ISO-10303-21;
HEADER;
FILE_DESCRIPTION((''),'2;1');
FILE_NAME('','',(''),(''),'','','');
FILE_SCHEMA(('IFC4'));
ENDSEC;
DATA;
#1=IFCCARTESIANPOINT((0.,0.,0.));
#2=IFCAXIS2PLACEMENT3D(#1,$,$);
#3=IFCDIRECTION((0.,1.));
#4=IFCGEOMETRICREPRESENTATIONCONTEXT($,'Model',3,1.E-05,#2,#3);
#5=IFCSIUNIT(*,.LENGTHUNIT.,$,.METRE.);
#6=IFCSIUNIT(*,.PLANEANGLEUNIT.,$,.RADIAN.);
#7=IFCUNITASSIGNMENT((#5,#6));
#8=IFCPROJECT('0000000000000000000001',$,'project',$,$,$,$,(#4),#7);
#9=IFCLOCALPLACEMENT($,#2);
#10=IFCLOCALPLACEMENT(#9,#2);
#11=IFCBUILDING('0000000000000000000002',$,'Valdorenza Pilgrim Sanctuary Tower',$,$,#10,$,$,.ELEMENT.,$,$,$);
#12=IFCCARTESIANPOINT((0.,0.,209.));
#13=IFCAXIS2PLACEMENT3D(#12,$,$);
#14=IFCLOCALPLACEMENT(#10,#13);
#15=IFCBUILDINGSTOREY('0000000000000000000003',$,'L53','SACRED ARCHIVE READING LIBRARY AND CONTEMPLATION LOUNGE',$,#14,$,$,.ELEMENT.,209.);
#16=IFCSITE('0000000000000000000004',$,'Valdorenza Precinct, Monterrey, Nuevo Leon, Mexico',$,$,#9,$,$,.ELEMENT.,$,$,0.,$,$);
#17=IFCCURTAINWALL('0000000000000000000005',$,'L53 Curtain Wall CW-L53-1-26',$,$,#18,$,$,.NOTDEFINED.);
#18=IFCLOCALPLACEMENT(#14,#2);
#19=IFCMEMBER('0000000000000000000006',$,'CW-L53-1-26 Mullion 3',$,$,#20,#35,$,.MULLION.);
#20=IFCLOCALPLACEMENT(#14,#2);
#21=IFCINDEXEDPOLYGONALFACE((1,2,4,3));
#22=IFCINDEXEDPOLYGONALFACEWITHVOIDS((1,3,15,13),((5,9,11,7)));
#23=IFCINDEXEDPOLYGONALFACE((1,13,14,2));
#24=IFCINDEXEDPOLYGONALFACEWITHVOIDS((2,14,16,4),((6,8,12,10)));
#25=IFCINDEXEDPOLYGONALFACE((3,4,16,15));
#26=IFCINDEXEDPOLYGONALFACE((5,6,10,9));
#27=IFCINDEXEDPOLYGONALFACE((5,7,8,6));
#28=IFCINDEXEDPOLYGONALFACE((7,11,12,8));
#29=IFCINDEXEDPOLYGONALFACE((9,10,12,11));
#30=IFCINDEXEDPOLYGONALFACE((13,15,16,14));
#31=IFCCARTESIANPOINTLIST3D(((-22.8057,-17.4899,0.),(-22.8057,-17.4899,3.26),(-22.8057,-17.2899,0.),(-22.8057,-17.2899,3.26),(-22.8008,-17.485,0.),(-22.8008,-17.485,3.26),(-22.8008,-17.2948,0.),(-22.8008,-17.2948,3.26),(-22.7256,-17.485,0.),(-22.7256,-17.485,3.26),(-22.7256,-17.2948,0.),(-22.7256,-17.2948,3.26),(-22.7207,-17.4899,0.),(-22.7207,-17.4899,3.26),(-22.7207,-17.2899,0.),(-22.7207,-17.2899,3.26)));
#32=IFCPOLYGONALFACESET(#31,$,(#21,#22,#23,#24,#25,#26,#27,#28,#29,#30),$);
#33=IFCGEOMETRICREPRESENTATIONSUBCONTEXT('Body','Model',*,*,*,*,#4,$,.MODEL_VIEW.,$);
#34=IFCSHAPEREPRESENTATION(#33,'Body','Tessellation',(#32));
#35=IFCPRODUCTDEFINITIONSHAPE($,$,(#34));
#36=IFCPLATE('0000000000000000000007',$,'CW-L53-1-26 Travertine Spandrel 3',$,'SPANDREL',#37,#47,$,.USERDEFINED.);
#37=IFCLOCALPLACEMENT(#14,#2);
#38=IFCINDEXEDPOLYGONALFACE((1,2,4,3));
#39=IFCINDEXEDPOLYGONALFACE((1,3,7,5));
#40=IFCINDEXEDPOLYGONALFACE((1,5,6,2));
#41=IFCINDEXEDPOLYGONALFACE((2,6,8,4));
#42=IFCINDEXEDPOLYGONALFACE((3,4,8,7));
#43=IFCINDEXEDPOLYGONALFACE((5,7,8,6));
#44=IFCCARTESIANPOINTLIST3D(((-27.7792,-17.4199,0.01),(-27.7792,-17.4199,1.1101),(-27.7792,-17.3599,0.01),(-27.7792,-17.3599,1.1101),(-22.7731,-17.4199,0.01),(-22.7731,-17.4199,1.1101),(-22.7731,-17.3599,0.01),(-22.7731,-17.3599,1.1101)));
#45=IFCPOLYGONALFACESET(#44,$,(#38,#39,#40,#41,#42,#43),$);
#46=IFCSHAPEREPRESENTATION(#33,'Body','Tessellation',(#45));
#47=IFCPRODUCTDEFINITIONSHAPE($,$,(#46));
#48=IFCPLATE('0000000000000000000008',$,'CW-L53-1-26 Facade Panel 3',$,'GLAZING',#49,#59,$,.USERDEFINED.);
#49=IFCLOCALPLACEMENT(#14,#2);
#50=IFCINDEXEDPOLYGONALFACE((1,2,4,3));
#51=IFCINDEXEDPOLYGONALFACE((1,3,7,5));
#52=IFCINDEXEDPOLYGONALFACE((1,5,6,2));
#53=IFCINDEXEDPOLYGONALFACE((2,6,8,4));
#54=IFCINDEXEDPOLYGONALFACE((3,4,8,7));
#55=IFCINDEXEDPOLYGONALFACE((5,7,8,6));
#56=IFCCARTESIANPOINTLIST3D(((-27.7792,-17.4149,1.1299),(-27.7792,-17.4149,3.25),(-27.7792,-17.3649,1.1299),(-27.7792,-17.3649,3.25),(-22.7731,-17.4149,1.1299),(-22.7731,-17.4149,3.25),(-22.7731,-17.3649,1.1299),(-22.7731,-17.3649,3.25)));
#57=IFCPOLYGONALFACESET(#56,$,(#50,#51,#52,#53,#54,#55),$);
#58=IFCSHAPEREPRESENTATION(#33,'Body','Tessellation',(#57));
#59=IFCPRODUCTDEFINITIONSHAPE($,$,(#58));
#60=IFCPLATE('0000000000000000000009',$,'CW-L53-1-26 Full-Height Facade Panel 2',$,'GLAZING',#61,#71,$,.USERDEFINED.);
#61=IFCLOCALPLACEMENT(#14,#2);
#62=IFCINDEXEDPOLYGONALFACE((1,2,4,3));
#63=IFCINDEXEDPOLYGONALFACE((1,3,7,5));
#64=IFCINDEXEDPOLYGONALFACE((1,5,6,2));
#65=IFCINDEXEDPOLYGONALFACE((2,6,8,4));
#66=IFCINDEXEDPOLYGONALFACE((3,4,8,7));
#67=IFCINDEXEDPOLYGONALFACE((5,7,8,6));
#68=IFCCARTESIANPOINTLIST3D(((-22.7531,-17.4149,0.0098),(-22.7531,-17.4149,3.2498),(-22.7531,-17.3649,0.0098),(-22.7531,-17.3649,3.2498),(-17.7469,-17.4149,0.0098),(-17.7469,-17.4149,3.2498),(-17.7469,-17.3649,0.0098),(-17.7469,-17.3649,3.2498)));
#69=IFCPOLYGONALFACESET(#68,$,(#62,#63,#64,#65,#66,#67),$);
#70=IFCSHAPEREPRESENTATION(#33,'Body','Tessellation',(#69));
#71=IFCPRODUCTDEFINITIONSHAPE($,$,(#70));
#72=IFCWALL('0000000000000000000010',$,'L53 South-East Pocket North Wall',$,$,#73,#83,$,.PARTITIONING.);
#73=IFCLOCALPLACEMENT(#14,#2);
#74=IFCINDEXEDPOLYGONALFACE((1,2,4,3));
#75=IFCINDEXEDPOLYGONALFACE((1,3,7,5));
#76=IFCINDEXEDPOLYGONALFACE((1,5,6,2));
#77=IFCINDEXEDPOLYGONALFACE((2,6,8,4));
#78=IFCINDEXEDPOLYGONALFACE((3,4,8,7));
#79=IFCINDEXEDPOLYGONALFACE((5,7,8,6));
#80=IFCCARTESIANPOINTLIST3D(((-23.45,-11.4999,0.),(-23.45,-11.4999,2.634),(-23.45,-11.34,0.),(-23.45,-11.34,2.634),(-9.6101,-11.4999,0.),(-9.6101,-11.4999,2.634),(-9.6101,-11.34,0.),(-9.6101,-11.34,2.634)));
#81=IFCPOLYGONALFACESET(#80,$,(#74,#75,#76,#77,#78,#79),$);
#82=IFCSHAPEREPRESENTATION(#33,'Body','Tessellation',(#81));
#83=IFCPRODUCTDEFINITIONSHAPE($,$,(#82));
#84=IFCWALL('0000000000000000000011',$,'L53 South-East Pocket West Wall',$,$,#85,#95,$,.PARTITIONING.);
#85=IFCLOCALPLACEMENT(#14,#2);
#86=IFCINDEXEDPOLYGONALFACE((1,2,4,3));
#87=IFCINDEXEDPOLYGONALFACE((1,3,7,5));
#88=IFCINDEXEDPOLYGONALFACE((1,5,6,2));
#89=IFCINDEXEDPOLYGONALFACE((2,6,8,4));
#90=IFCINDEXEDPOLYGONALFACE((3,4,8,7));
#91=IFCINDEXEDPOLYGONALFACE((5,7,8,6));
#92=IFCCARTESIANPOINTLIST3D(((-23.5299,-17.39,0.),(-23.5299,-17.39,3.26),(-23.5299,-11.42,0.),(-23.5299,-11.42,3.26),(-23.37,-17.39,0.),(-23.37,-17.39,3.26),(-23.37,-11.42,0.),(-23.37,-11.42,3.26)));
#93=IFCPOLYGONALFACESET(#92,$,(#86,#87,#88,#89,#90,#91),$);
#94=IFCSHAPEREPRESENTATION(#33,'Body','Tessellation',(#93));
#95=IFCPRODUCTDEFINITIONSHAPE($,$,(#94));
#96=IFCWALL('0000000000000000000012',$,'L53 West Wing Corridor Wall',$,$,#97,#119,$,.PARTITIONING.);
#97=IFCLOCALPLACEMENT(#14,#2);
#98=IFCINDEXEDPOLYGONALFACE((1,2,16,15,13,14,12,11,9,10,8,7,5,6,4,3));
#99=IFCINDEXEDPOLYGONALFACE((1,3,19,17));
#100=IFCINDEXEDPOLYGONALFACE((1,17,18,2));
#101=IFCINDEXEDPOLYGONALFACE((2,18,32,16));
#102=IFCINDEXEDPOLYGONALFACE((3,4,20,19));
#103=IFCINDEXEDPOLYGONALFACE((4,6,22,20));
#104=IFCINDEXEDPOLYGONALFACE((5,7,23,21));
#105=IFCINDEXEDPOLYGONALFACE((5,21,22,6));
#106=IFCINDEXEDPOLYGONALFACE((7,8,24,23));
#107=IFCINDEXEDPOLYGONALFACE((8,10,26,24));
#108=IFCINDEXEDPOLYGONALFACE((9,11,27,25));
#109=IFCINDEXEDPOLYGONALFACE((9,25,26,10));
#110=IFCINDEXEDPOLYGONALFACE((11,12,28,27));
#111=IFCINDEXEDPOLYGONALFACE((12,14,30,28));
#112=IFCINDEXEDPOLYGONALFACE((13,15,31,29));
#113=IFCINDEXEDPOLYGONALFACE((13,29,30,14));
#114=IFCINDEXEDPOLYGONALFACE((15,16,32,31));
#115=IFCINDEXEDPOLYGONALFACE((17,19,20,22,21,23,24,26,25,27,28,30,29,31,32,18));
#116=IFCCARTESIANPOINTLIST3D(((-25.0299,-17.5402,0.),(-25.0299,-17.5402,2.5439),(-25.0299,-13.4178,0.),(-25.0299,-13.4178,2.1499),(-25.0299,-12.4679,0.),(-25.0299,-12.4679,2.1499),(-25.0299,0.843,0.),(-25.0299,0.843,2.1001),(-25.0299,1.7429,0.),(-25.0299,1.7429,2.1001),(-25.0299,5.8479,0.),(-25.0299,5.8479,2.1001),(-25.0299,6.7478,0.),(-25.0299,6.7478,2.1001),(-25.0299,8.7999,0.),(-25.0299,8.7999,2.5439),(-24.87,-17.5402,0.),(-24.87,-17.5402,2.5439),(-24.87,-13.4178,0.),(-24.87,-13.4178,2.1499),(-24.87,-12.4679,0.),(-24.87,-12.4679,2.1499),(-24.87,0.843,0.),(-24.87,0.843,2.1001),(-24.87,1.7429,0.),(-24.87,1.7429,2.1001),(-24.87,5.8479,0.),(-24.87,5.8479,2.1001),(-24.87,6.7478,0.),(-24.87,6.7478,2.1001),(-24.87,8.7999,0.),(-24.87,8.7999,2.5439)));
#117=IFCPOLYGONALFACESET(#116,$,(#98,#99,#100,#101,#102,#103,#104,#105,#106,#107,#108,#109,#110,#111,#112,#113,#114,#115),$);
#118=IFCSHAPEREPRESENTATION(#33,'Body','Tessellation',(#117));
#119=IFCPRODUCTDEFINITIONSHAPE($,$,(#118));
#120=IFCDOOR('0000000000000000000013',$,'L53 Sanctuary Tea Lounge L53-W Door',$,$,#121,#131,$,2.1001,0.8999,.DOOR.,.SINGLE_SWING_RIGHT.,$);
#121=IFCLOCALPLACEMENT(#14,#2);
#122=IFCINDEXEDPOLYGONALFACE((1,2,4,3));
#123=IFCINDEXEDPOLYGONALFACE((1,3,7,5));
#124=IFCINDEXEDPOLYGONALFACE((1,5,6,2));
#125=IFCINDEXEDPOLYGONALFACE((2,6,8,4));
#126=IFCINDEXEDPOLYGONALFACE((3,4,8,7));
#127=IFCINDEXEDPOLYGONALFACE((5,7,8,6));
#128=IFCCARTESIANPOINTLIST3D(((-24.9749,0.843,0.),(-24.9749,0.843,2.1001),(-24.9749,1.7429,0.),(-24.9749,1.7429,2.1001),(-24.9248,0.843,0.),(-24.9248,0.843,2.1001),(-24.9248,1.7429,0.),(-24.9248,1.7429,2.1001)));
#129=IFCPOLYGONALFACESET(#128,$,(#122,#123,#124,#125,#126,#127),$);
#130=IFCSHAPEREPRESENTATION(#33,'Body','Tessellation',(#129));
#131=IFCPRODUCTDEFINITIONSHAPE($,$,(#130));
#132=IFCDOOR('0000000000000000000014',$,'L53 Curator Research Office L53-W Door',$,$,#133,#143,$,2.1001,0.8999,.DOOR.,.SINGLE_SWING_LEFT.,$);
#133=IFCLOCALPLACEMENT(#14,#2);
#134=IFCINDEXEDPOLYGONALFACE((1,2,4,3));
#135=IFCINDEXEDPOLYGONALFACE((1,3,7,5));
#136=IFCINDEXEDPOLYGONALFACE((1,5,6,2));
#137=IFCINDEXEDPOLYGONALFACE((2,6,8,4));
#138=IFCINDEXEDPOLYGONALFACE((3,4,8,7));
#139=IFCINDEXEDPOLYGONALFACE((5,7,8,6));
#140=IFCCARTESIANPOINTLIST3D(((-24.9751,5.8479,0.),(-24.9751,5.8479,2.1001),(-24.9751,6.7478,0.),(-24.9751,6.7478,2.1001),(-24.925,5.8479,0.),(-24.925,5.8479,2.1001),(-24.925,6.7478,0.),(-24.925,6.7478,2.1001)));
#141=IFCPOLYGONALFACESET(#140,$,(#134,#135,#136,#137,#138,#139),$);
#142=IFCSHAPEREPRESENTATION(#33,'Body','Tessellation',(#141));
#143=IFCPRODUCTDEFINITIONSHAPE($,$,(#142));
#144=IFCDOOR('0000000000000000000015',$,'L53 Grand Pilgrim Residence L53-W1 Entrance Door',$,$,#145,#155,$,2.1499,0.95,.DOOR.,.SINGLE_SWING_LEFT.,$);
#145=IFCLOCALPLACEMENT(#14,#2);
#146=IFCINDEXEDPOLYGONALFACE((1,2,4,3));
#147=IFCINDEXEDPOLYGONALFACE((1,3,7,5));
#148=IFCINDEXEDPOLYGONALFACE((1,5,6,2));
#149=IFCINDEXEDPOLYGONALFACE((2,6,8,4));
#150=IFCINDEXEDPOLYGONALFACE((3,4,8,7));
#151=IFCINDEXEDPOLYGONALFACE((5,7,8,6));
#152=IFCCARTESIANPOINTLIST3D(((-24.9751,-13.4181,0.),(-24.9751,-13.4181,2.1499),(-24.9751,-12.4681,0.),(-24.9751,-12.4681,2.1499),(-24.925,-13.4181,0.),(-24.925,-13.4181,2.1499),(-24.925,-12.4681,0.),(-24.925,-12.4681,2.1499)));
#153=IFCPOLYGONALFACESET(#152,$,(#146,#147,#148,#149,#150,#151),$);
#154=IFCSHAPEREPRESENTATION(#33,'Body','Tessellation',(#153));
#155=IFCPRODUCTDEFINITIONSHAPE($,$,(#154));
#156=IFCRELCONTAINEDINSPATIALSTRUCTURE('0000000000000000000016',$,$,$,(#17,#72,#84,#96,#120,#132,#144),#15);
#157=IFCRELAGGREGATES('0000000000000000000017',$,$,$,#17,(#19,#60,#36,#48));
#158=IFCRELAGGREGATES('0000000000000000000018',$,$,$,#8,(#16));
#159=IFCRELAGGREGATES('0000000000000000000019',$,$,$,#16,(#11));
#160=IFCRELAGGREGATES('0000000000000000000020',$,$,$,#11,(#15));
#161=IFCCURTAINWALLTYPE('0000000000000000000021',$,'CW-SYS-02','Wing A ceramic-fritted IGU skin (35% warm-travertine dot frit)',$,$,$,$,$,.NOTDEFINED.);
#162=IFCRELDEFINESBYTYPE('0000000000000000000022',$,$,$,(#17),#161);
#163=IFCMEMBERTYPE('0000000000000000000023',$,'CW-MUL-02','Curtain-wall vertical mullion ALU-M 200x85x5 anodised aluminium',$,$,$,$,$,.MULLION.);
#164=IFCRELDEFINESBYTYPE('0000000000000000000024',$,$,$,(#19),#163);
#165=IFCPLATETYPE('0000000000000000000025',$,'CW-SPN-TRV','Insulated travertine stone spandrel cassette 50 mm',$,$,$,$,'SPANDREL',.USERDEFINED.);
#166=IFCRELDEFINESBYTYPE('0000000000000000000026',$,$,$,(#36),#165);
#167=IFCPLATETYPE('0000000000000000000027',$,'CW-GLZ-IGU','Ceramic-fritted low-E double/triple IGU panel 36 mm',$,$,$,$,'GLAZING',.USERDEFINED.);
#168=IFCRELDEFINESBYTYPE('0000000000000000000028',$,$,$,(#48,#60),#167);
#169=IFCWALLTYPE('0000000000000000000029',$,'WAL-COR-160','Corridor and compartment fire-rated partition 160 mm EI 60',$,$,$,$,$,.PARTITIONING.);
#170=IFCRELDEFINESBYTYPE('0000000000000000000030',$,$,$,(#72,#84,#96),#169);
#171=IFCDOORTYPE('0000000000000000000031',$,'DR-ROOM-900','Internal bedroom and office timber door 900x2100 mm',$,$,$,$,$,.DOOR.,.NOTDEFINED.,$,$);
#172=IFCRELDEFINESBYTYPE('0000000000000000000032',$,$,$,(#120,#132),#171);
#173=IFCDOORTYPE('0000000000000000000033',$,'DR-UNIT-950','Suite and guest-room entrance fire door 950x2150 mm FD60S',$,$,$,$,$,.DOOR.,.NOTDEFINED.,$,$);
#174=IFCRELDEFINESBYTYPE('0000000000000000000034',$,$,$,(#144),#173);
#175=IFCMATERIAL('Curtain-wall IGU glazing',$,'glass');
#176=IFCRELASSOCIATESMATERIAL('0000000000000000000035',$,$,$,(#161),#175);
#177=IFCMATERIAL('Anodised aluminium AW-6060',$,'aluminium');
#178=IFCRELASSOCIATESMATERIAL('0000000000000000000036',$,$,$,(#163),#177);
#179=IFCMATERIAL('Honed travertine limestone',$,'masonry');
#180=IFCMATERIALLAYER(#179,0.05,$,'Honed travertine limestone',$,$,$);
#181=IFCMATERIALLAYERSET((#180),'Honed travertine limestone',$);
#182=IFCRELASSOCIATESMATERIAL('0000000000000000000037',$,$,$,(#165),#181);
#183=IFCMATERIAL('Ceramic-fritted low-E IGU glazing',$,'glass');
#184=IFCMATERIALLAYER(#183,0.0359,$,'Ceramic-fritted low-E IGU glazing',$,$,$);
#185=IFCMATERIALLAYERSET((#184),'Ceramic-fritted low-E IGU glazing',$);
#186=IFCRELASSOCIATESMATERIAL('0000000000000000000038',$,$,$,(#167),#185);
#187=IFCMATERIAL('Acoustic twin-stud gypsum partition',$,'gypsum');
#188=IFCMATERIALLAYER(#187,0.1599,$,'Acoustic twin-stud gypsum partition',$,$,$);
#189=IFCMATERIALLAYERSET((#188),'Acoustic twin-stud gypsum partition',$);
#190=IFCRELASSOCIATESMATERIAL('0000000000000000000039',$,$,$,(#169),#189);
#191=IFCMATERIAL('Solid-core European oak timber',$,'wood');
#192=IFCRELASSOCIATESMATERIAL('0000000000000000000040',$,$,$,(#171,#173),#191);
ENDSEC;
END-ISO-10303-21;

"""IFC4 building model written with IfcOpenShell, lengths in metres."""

from ifc_helpers import new_model, si_unit, direction, frame, frame_2d, origin, origin_2d, place, context, subcontext, project, spatial, rectangle, hollow_rectangle, extrude, source, transform, mapped, material, layer, layer_set, material_profile, profile_set, type_object, element, fill, aggregate, save


model = new_model("IFC4")

# Units and contexts
model_context = context("Model", 3, precision=1e-05, world=origin(), true_north=direction((0.0, 1.0)))
body_context = subcontext(model_context, "Body", "Model", "MODEL_VIEW")
ifc_project = project(units=[si_unit("LENGTHUNIT", "METRE"), si_unit("PLANEANGLEUNIT", "RADIAN")], contexts=[model_context])

# Site, building, storey
site_placement = place(None, origin())
site = spatial("IfcSite", under=ifc_project, at=site_placement, Name="Valdorenza Precinct, Monterrey, Nuevo Leon, Mexico", CompositionType="ELEMENT", RefElevation=0.0)
building_placement = place(site_placement, origin())
building = spatial("IfcBuilding", under=site, at=building_placement, Name="Valdorenza Pilgrim Sanctuary Tower", CompositionType="ELEMENT")
storey_placement = place(building_placement, frame((0.0, 0.0, 209.0)))
storey = spatial("IfcBuildingStorey", under=building, at=storey_placement, Name="L53", Description="SACRED ARCHIVE READING LIBRARY AND CONTEMPLATION LOUNGE", CompositionType="ELEMENT", Elevation=209.0)

# Curtain wall, member, plates
ifc_material_1 = material(Name="Curtain-wall IGU glazing", Category="glass")
curtain_wall_type = type_object("IfcCurtainWallType", Name="CW-SYS-02", Description="Wing A ceramic-fritted IGU skin (35% warm-travertine dot frit)", PredefinedType="NOTDEFINED", material=ifc_material_1)
curtain_wall_placement = place(storey_placement, origin())
curtain_wall = element("IfcCurtainWall", 1, at=curtain_wall_placement, inside=storey, type_object=curtain_wall_type, Name="L53 Curtain Wall CW-L53-1-26", PredefinedType="NOTDEFINED")
ifc_material_2 = material(Name="Anodised aluminium AW-6060", Category="aluminium")
ifc_material_profile_1 = material_profile(ifc_material_2, hollow_rectangle(XDim=0.085, YDim=0.2, WallThickness=0.0049, at=origin_2d()), Name="ALU-M 200x85x5")
ifc_profile_set_1 = profile_set([ifc_material_profile_1], Name="Anodised aluminium AW-6060")
member_type = type_object("IfcMemberType", Name="CW-MUL-02", Description="Curtain-wall vertical mullion ALU-M 200x85x5 anodised aluminium", PredefinedType="MULLION", material=ifc_profile_set_1)
shared_shape_1 = source(origin(), body_context, "Body", "SweptSolid", [
    extrude(hollow_rectangle(XDim=0.085, YDim=0.2, WallThickness=0.0049, at=origin_2d()), origin(), (0.0, 0.0, 1.0), 3.26),
])
member_placement = place(storey_placement, frame((-22.7632, -17.3899, 0.0), z_axis=(0.0, 0.0, 1.0), x_axis=(-1.0, 0.0, 0.0)))
member = element("IfcMember", 2, at=member_placement, type_object=member_type, Name="CW-L53-1-26 Mullion 3", PredefinedType="MULLION", context=body_context, shape_type="MappedRepresentation", body=[
    mapped(shared_shape_1, transform((0.0, 0.0, 0.0), x_axis=(1.0, 0.0, 0.0), y_axis=(0.0, 1.0, 0.0), z_axis=(0.0, 0.0, 1.0), scale=1.0)),
])
ifc_material_3 = material(Name="Honed travertine limestone", Category="masonry")
ifc_layer_1 = layer(ifc_material_3, 0.05, Name="Honed travertine limestone")
ifc_layer_set_1 = layer_set([ifc_layer_1], Name="Honed travertine limestone")
plate_type_1 = type_object("IfcPlateType", Name="CW-SPN-TRV", Description="Insulated travertine stone spandrel cassette 50 mm", ElementType="SPANDREL", PredefinedType="USERDEFINED", material=ifc_layer_set_1)
shared_shape_2 = source(origin(), body_context, "Body", "SweptSolid", [
    extrude(rectangle(XDim=5.0061, YDim=0.0601, at=origin_2d()), origin(), (0.0, 0.0, 1.0), 1.1001),
])
plate_1_placement = place(storey_placement, frame((-25.2761, -17.3899, 0.01), z_axis=(0.0, 0.0, 1.0), x_axis=(-1.0, 0.0, 0.0)))
plate_1 = element("IfcPlate", 3, at=plate_1_placement, type_object=plate_type_1, Name="CW-L53-1-26 Travertine Spandrel 3", ObjectType="SPANDREL", PredefinedType="USERDEFINED", context=body_context, shape_type="MappedRepresentation", body=[
    mapped(shared_shape_2, transform((0.0, 0.0, 0.0), x_axis=(1.0, 0.0, 0.0), y_axis=(0.0, 1.0, 0.0), z_axis=(0.0, 0.0, 1.0), scale=1.0)),
])
ifc_material_4 = material(Name="Ceramic-fritted low-E IGU glazing", Category="glass")
ifc_layer_2 = layer(ifc_material_4, 0.0359, Name="Ceramic-fritted low-E IGU glazing")
ifc_layer_set_2 = layer_set([ifc_layer_2], Name="Ceramic-fritted low-E IGU glazing")
plate_type_2 = type_object("IfcPlateType", Name="CW-GLZ-IGU", Description="Ceramic-fritted low-E double/triple IGU panel 36 mm", ElementType="GLAZING", PredefinedType="USERDEFINED", material=ifc_layer_set_2)
shared_shape_3 = source(origin(), body_context, "Body", "SweptSolid", [
    extrude(rectangle(XDim=5.0061, YDim=0.05, at=origin_2d()), origin(), (0.0, 0.0, 1.0), 2.1201),
])
plate_2_placement = place(storey_placement, frame((-25.2761, -17.3899, 1.1299), z_axis=(0.0, 0.0, 1.0), x_axis=(-1.0, 0.0, 0.0)))
plate_2 = element("IfcPlate", 4, at=plate_2_placement, type_object=plate_type_2, Name="CW-L53-1-26 Facade Panel 3", ObjectType="GLAZING", PredefinedType="USERDEFINED", context=body_context, shape_type="MappedRepresentation", body=[
    mapped(shared_shape_3, transform((0.0, 0.0, 0.0), x_axis=(1.0, 0.0, 0.0), y_axis=(0.0, 1.0, 0.0), z_axis=(0.0, 0.0, 1.0), scale=1.0)),
])
shared_shape_4 = source(origin(), body_context, "Body", "SweptSolid", [
    extrude(rectangle(XDim=5.0061, YDim=0.05, at=origin_2d()), origin(), (0.0, 0.0, 1.0), 3.24),
])
plate_3_placement = place(storey_placement, frame((-20.25, -17.3899, 0.0098), z_axis=(0.0, 0.0, 1.0), x_axis=(-1.0, 0.0, 0.0)))
plate_3 = element("IfcPlate", 5, at=plate_3_placement, type_object=plate_type_2, Name="CW-L53-1-26 Full-Height Facade Panel 2", ObjectType="GLAZING", PredefinedType="USERDEFINED", context=body_context, shape_type="MappedRepresentation", body=[
    mapped(shared_shape_4, transform((0.0, 0.0, 0.0), x_axis=(1.0, 0.0, 0.0), y_axis=(0.0, 1.0, 0.0), z_axis=(0.0, 0.0, 1.0), scale=1.0)),
])
aggregate(curtain_wall, [member, plate_3, plate_1, plate_2])

# Walls
ifc_material_5 = material(Name="Acoustic twin-stud gypsum partition", Category="gypsum")
ifc_layer_3 = layer(ifc_material_5, 0.1599, Name="Acoustic twin-stud gypsum partition")
ifc_layer_set_3 = layer_set([ifc_layer_3], Name="Acoustic twin-stud gypsum partition")
wall_type_1 = type_object("IfcWallType", Name="WAL-COR-160", Description="Corridor and compartment fire-rated partition 160 mm EI 60", PredefinedType="PARTITIONING", material=ifc_layer_set_3)
wall_1_placement = place(storey_placement, frame((-23.45, -11.4199, 0.0), z_axis=(0.0, 0.0, 1.0), x_axis=(1.0, 0.0, 0.0)))
element("IfcWall", 6, at=wall_1_placement, inside=storey, type_object=wall_type_1, Name="L53 South-East Pocket North Wall", PredefinedType="PARTITIONING", context=body_context, shape_type="SweptSolid", body=[
    extrude(rectangle(XDim=13.8398, YDim=0.1599, at=frame_2d((6.9199, 0.0))), origin(), (0.0, 0.0, 1.0), 2.634),
])
wall_2_placement = place(storey_placement, frame((-23.45, -17.3899, 0.0), z_axis=(0.0, 0.0, 1.0), x_axis=(0.0, 1.0, 0.0)))
element("IfcWall", 7, at=wall_2_placement, inside=storey, type_object=wall_type_1, Name="L53 South-East Pocket West Wall", PredefinedType="PARTITIONING", context=body_context, shape_type="SweptSolid", body=[
    extrude(rectangle(XDim=5.97, YDim=0.1599, at=frame_2d((2.9849, 0.0))), origin(), (0.0, 0.0, 1.0), 3.26),
])

# Wall, openings, doors
wall_3_placement = place(storey_placement, frame((-24.95, -17.54, 0.0), z_axis=(0.0, 0.0, 1.0), x_axis=(0.0, 1.0, 0.0)))
wall_3 = element("IfcWall", 8, at=wall_3_placement, inside=storey, type_object=wall_type_1, Name="L53 West Wing Corridor Wall", PredefinedType="PARTITIONING", context=body_context, shape_type="SweptSolid", body=[
    extrude(rectangle(XDim=26.3401, YDim=0.1599, at=frame_2d((13.1699, 0.0))), origin(), (0.0, 0.0, 1.0), 2.5439),
])
opening_1_placement = place(wall_3_placement, frame((4.1221, 0.0, 0.0)))
opening_1 = element("IfcOpeningElement", 9, at=opening_1_placement, cuts=wall_3, PredefinedType="OPENING", context=body_context, shape_type="SweptSolid", body=[
    extrude(rectangle(XDim=0.95, YDim=2.1499, at=frame_2d((0.4751, 1.075))), frame((0.0, 0.0947, 0.0), z_axis=(0.0, -1.0, 0.0), x_axis=(1.0, 0.0, 0.0)), (0.0, 0.0, 1.0), 0.1897),
])
opening_2_placement = place(wall_3_placement, frame((18.3831, 0.0, 0.0)))
opening_2 = element("IfcOpeningElement", 10, at=opening_2_placement, cuts=wall_3, PredefinedType="OPENING", context=body_context, shape_type="SweptSolid", body=[
    extrude(rectangle(XDim=0.8999, YDim=2.1001, at=frame_2d((0.45, 1.05))), frame((0.0, 0.0947, 0.0), z_axis=(0.0, -1.0, 0.0), x_axis=(1.0, 0.0, 0.0)), (0.0, 0.0, 1.0), 0.1897),
])
opening_3_placement = place(wall_3_placement, frame((23.3879, 0.0, 0.0)))
opening_3 = element("IfcOpeningElement", 11, at=opening_3_placement, cuts=wall_3, PredefinedType="OPENING", context=body_context, shape_type="SweptSolid", body=[
    extrude(rectangle(XDim=0.8999, YDim=2.1001, at=frame_2d((0.45, 1.05))), frame((0.0, 0.0947, 0.0), z_axis=(0.0, -1.0, 0.0), x_axis=(1.0, 0.0, 0.0)), (0.0, 0.0, 1.0), 0.1897),
])
ifc_material_6 = material(Name="Solid-core European oak timber", Category="wood")
door_type_1 = type_object("IfcDoorType", Name="DR-ROOM-900", Description="Internal bedroom and office timber door 900x2100 mm", OperationType="NOTDEFINED", PredefinedType="DOOR", material=ifc_material_6)
door_1_placement = place(opening_2_placement, origin())
door_1 = element("IfcDoor", 12, at=door_1_placement, inside=storey, type_object=door_type_1, Name="L53 Sanctuary Tea Lounge L53-W Door", OperationType="SINGLE_SWING_RIGHT", OverallHeight=2.1001, OverallWidth=0.8999, PredefinedType="DOOR", context=body_context, shape_type="SweptSolid", body=[
    extrude(rectangle(XDim=0.8999, YDim=2.1001, at=frame_2d((0.45, 1.05))), frame((0.0, 0.0249, 0.0), z_axis=(0.0, -1.0, 0.0), x_axis=(1.0, 0.0, 0.0)), (0.0, 0.0, 1.0), 0.05),
])
fill(opening_2, door_1)
door_2_placement = place(opening_3_placement, frame((0.8999, 0.0, 0.0), z_axis=(0.0, 0.0, 1.0), x_axis=(-1.0, 0.0, 0.0)))
door_2 = element("IfcDoor", 13, at=door_2_placement, inside=storey, type_object=door_type_1, Name="L53 Curator Research Office L53-W Door", OperationType="SINGLE_SWING_LEFT", OverallHeight=2.1001, OverallWidth=0.8999, PredefinedType="DOOR", context=body_context, shape_type="SweptSolid", body=[
    extrude(rectangle(XDim=0.8999, YDim=2.1001, at=frame_2d((0.45, 1.05))), frame((0.0, 0.0249, 0.0), z_axis=(0.0, -1.0, 0.0), x_axis=(1.0, 0.0, 0.0)), (0.0, 0.0, 1.0), 0.05),
])
fill(opening_3, door_2)
door_type_2 = type_object("IfcDoorType", Name="DR-UNIT-950", Description="Suite and guest-room entrance fire door 950x2150 mm FD60S", OperationType="NOTDEFINED", PredefinedType="DOOR", material=ifc_material_6)
door_3_placement = place(opening_1_placement, frame((0.95, 0.0, 0.0), z_axis=(0.0, 0.0, 1.0), x_axis=(-1.0, 0.0, 0.0)))
door_3 = element("IfcDoor", 14, at=door_3_placement, inside=storey, type_object=door_type_2, Name="L53 Grand Pilgrim Residence L53-W1 Entrance Door", OperationType="SINGLE_SWING_LEFT", OverallHeight=2.1499, OverallWidth=0.95, PredefinedType="DOOR", context=body_context, shape_type="SweptSolid", body=[
    extrude(rectangle(XDim=0.95, YDim=2.1499, at=frame_2d((0.4751, 1.075))), frame((0.0, 0.0249, 0.0), z_axis=(0.0, -1.0, 0.0), x_axis=(1.0, 0.0, 0.0)), (0.0, 0.0, 1.0), 0.05),
])
fill(opening_1, door_3)

save(model, "model.ifc")
